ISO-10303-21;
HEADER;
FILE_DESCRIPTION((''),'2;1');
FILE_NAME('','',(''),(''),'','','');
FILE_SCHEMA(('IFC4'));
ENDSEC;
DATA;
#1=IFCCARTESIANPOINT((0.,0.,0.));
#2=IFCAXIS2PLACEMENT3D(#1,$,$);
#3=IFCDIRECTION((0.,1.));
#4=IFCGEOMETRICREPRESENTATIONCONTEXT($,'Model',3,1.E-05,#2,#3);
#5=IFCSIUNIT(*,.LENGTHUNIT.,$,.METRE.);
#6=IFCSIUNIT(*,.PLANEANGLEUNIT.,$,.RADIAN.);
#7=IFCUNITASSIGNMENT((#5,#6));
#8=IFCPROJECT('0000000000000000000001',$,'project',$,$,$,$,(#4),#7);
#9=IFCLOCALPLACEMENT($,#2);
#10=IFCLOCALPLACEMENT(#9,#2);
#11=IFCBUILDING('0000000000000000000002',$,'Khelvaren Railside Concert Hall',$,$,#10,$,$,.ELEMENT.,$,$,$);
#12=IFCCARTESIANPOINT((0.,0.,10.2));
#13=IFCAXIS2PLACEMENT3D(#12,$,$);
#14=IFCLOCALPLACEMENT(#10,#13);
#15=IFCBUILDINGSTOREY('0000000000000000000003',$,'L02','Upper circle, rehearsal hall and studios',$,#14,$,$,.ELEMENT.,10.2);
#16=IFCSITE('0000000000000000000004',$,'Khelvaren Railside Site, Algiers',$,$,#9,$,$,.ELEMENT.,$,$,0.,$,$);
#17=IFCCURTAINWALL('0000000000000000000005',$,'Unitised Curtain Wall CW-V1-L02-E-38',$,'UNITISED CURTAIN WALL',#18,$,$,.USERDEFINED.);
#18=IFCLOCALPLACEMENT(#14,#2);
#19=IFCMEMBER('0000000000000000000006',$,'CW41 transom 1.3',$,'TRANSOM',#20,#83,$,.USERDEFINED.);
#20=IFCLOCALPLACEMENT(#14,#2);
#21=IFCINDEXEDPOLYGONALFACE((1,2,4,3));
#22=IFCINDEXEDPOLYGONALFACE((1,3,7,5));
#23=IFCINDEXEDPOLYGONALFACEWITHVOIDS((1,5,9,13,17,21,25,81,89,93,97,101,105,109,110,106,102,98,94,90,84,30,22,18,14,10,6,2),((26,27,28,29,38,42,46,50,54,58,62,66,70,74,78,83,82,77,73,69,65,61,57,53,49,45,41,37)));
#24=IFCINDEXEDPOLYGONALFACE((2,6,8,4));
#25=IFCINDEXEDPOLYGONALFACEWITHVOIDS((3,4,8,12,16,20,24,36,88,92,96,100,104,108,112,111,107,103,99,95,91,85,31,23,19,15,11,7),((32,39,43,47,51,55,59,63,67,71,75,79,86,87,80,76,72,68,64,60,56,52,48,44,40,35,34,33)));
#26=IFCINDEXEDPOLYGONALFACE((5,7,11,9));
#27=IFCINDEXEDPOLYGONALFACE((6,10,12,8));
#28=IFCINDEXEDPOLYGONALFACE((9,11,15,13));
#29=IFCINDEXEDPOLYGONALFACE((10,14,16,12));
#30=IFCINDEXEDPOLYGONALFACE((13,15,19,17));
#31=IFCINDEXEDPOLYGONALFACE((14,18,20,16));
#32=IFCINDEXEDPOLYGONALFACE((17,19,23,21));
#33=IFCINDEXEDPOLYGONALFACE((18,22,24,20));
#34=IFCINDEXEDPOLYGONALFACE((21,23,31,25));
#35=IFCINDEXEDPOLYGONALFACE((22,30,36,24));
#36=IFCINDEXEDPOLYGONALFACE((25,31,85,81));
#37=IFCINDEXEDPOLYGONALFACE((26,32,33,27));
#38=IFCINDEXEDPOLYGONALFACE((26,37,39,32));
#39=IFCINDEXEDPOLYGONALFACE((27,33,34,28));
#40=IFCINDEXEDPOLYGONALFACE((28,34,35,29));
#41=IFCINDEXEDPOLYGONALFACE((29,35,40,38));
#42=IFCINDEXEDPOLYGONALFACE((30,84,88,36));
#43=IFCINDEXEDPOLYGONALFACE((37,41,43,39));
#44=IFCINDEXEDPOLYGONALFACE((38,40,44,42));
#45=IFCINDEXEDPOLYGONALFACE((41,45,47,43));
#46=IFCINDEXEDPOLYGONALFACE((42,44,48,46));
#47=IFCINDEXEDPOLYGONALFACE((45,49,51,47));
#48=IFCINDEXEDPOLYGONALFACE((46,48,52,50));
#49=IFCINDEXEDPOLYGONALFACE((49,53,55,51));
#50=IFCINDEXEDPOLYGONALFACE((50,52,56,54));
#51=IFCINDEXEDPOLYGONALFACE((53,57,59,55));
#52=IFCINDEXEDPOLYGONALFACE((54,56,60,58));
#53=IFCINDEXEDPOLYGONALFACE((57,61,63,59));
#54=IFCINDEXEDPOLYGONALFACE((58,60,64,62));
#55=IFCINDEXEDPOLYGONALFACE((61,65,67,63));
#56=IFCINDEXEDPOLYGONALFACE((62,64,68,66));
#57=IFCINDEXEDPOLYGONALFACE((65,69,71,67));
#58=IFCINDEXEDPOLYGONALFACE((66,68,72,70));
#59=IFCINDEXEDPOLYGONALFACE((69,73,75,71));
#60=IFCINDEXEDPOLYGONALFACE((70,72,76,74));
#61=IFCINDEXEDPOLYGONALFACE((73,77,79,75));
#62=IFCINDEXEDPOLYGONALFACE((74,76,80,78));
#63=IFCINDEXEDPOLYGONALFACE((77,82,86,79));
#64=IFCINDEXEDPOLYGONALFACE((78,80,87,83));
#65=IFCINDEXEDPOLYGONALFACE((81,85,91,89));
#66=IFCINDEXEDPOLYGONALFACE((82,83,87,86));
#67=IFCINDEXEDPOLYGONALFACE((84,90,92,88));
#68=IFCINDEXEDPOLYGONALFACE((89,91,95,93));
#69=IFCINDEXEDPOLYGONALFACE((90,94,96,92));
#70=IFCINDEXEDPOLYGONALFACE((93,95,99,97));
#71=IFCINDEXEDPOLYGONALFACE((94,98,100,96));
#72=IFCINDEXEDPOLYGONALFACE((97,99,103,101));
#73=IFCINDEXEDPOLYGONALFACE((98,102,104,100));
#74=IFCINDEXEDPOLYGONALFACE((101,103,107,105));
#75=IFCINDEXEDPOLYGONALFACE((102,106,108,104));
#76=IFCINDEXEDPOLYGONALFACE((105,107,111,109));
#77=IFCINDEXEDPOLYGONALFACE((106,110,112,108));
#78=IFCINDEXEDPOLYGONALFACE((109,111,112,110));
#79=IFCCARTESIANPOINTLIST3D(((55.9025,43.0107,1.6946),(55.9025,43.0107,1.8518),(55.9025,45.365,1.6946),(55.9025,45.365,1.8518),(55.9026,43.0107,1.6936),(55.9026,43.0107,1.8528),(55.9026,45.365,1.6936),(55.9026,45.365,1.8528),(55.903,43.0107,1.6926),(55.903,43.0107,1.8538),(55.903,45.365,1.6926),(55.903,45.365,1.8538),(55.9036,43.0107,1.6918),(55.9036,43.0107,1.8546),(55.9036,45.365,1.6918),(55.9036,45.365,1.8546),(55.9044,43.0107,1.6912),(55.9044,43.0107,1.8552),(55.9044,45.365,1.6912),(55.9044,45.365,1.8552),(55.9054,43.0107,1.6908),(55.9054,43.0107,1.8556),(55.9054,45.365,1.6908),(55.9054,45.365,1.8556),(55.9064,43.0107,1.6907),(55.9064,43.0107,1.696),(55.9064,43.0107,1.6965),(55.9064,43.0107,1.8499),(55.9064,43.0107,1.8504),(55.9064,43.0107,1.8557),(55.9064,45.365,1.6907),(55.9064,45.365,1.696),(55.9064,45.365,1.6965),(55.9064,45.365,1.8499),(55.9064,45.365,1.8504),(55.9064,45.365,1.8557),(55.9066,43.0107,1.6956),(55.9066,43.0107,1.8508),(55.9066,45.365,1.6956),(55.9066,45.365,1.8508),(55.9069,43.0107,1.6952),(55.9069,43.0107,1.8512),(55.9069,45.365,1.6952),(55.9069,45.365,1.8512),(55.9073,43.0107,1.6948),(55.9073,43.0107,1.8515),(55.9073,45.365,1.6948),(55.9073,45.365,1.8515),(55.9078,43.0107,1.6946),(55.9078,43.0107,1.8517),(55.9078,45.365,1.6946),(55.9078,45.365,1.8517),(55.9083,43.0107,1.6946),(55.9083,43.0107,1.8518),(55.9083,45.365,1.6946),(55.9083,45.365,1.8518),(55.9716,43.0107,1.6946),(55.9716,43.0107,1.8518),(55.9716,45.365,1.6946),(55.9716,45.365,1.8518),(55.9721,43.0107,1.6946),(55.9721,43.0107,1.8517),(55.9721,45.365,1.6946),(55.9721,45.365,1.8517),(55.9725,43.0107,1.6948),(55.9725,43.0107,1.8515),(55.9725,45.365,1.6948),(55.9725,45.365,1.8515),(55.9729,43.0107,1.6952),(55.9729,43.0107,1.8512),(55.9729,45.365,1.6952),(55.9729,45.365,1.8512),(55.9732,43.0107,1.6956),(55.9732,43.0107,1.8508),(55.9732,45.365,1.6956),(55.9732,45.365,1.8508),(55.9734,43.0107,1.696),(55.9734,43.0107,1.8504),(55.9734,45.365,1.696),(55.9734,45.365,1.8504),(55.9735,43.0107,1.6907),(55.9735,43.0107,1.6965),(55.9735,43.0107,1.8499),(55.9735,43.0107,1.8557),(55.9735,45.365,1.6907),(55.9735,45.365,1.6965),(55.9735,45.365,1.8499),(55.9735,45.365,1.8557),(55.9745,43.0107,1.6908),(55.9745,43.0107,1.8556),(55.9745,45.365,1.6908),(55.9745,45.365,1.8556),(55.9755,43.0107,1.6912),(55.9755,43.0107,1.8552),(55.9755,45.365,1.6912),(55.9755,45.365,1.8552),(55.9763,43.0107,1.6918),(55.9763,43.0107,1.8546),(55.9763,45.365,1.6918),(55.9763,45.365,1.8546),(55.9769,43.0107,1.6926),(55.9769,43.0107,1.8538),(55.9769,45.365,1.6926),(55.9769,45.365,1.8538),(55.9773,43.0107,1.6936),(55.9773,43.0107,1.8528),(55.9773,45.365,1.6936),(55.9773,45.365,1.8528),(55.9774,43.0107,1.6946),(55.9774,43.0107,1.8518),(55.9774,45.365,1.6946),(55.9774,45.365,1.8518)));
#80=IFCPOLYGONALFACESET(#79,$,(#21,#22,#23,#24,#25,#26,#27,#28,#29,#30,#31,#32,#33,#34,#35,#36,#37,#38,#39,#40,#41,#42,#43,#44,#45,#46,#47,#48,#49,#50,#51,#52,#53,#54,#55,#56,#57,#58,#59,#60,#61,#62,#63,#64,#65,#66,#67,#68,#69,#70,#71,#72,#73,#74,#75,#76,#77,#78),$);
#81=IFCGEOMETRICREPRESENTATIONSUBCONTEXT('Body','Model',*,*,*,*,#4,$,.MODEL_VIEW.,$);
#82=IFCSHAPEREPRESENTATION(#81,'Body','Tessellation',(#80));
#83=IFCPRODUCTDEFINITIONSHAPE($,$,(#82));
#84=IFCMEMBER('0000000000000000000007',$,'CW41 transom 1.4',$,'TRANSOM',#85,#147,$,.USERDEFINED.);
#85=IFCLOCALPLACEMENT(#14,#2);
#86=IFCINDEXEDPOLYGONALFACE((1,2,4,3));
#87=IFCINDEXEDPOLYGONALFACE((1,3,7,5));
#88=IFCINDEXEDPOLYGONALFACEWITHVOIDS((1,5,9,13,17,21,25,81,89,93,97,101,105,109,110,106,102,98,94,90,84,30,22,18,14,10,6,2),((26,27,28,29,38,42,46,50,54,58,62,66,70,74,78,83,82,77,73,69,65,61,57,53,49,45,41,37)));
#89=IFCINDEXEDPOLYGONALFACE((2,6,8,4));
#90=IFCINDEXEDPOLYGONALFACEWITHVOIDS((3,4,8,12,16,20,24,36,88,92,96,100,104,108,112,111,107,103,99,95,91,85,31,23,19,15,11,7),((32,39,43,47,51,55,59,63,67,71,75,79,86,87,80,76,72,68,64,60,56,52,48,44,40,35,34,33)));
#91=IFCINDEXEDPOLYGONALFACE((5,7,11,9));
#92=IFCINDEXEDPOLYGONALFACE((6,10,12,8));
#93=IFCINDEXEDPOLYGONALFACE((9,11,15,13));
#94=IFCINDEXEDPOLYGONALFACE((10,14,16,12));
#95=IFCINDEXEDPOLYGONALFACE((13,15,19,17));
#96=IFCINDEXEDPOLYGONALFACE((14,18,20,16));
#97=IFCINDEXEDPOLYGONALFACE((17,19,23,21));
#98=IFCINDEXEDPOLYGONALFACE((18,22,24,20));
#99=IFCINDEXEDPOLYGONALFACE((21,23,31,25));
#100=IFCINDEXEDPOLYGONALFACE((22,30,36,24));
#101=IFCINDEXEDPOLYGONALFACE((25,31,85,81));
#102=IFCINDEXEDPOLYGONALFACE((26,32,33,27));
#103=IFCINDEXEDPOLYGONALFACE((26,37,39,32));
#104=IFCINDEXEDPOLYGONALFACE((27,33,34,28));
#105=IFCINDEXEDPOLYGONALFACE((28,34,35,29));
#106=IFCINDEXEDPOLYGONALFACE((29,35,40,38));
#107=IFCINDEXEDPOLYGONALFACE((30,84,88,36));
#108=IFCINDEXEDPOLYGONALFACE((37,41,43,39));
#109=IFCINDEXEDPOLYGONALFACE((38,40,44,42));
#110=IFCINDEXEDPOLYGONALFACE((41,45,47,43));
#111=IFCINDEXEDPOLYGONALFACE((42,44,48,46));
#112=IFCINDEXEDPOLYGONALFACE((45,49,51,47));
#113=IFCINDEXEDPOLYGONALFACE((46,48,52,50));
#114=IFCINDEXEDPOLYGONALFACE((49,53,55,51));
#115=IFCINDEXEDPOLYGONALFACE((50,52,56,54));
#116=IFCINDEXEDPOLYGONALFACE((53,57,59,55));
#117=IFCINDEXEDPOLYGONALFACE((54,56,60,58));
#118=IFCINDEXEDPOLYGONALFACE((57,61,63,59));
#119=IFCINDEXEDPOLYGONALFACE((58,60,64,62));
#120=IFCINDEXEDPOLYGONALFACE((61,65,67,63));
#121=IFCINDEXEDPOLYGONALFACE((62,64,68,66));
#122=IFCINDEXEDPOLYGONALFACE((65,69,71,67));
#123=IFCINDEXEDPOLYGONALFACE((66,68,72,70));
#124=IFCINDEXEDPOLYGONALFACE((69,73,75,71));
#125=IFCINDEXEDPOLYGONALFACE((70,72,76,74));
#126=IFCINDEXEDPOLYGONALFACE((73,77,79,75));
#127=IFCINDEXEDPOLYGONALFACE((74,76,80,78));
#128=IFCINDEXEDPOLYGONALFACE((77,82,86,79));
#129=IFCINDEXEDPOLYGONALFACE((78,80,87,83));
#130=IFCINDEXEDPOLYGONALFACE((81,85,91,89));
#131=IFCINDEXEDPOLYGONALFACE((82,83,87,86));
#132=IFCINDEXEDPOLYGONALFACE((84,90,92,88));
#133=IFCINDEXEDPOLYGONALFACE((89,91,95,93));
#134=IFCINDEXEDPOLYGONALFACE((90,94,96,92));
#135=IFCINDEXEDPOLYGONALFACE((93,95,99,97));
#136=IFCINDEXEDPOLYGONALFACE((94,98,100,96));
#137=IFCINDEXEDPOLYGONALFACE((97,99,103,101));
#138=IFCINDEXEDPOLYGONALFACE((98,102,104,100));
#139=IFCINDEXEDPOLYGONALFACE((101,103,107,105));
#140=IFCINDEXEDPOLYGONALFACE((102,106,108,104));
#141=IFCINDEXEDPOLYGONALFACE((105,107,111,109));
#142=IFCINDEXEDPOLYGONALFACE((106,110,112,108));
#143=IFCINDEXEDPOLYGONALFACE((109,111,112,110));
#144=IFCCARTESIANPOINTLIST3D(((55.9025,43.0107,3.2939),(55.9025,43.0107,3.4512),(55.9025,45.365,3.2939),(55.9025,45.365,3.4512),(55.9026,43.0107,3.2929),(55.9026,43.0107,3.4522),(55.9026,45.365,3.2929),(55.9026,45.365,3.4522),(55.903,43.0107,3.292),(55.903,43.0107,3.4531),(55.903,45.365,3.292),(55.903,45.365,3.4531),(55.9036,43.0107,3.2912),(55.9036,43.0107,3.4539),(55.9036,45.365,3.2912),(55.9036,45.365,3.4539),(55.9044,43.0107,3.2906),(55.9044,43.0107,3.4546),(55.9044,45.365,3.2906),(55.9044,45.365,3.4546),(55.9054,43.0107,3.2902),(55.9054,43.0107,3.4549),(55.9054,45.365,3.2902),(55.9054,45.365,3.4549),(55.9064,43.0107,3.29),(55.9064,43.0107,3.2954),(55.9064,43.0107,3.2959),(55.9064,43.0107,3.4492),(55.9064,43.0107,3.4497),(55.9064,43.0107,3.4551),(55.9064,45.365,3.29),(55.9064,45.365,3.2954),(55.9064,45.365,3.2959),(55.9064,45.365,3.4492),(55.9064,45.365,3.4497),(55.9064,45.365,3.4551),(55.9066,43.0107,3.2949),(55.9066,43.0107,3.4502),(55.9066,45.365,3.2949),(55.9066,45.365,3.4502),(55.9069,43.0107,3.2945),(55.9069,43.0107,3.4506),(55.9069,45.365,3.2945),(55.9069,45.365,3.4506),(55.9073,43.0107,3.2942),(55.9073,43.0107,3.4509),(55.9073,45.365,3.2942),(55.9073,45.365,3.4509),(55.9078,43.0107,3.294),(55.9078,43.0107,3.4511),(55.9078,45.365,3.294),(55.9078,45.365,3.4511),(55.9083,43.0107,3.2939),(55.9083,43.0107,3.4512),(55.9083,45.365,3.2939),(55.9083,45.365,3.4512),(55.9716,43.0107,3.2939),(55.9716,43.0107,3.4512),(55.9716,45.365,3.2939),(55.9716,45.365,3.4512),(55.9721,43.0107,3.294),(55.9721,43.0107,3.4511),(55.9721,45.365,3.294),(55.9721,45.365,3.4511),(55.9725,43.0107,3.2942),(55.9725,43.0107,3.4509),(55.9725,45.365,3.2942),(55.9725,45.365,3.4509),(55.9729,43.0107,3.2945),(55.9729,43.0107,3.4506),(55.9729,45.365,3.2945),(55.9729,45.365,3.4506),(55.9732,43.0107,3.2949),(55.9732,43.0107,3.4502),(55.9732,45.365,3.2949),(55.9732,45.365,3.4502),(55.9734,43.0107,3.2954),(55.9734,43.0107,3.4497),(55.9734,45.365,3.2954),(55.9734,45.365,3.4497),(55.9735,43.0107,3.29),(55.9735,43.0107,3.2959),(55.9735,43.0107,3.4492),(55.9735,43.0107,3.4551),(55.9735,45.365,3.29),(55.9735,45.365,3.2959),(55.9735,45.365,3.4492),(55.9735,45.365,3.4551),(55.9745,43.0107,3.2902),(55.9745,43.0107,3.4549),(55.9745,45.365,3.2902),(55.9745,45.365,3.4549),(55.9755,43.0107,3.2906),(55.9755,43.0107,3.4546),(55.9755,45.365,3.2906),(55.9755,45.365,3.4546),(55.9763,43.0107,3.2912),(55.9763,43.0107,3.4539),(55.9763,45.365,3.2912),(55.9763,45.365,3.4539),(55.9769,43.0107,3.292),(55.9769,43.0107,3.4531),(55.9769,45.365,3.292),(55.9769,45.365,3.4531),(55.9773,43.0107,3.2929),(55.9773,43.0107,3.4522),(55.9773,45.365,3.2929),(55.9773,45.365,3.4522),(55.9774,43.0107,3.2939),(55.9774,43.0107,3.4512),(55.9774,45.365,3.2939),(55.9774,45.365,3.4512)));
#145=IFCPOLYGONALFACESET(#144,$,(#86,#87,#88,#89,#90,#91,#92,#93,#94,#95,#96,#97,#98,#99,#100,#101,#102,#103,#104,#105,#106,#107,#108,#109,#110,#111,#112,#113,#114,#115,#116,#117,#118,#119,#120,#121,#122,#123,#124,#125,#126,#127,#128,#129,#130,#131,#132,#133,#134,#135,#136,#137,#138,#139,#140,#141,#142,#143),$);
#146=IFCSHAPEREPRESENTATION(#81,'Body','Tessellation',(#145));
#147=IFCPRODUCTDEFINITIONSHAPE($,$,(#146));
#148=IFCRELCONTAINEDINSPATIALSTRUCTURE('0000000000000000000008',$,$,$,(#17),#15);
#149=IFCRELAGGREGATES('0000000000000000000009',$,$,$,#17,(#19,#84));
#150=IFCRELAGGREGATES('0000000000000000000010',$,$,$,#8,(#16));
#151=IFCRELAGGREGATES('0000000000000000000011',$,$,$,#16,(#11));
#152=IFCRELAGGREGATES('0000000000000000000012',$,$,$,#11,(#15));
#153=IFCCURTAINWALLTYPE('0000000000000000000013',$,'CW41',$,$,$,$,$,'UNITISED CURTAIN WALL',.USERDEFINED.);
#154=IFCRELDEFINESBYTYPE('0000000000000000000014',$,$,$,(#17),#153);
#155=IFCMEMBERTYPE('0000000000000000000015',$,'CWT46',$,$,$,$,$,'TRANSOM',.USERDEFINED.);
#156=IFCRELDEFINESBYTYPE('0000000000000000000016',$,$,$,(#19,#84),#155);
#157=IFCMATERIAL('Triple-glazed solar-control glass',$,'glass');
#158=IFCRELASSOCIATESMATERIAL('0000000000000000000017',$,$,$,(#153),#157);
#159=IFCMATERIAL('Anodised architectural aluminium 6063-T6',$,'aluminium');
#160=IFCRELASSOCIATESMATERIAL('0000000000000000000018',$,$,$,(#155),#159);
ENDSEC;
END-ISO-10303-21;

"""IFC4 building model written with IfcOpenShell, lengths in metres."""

from ifc_helpers import new_model, si_unit, direction, frame, origin, origin_2d, place, context, subcontext, project, spatial, hollow_rectangle, extrude, material, material_profile, profile_set, type_object, element, aggregate, save


model = new_model("IFC4")

# Units and contexts
model_context = context("Model", 3, precision=1e-05, world=origin(), true_north=direction((0.0, 1.0)))
body_context = subcontext(model_context, "Body", "Model", "MODEL_VIEW")
ifc_project = project(units=[si_unit("LENGTHUNIT", "METRE"), si_unit("PLANEANGLEUNIT", "RADIAN")], contexts=[model_context])

# Site, building, storey
site_placement = place(None, origin())
site = spatial("IfcSite", under=ifc_project, at=site_placement, Name="Khelvaren Railside Site, Algiers", CompositionType="ELEMENT", RefElevation=0.0)
building_placement = place(site_placement, origin())
building = spatial("IfcBuilding", under=site, at=building_placement, Name="Khelvaren Railside Concert Hall", CompositionType="ELEMENT")
storey_placement = place(building_placement, frame((0.0, 0.0, 10.2)))
storey = spatial("IfcBuildingStorey", under=building, at=storey_placement, Name="L02", Description="Upper circle, rehearsal hall and studios", CompositionType="ELEMENT", Elevation=10.2)

# Curtain wall, members
ifc_material_1 = material(Name="Triple-glazed solar-control glass", Category="glass")
curtain_wall_type = type_object("IfcCurtainWallType", Name="CW41", ElementType="UNITISED CURTAIN WALL", PredefinedType="USERDEFINED", material=ifc_material_1)
curtain_wall_placement = place(storey_placement, origin())
curtain_wall = element("IfcCurtainWall", 1, at=curtain_wall_placement, inside=storey, type_object=curtain_wall_type, Name="Unitised Curtain Wall CW-V1-L02-E-38", ObjectType="UNITISED CURTAIN WALL", PredefinedType="USERDEFINED")
ifc_material_2 = material(Name="Anodised architectural aluminium 6063-T6", Category="aluminium")
ifc_material_profile_1 = material_profile(ifc_material_2, hollow_rectangle(XDim=0.075, YDim=0.165, WallThickness=0.0039, InnerFilletRadius=0.002, OuterFilletRadius=0.0039, at=origin_2d()), Name="CWT 75x165x4")
ifc_profile_set_1 = profile_set([ifc_material_profile_1], Name="Anodised architectural aluminium 6063-T6")
member_type_1 = type_object("IfcMemberType", Name="CWT46", ElementType="TRANSOM", PredefinedType="USERDEFINED", material=ifc_profile_set_1)
member_1_placement = place(storey_placement, frame((55.9399, 45.365, 1.7732), z_axis=(0.0, -1.0, 0.0), x_axis=(1.0, 0.0, 0.0)))
member_1 = element("IfcMember", 2, at=member_1_placement, type_object=member_type_1, Name="CW41 transom 1.3", ObjectType="TRANSOM", PredefinedType="USERDEFINED", context=body_context, shape_type="SweptSolid", body=[
    extrude(hollow_rectangle(XDim=0.075, YDim=0.165, WallThickness=0.0039, InnerFilletRadius=0.002, OuterFilletRadius=0.0039, at=origin_2d()), origin(), (0.0, 0.0, 1.0), 2.3542),
])
member_2_placement = place(storey_placement, frame((55.9399, 45.365, 3.3726), z_axis=(0.0, -1.0, 0.0), x_axis=(1.0, 0.0, 0.0)))
member_2 = element("IfcMember", 3, at=member_2_placement, type_object=member_type_1, Name="CW41 transom 1.4", ObjectType="TRANSOM", PredefinedType="USERDEFINED", context=body_context, shape_type="SweptSolid", body=[
    extrude(hollow_rectangle(XDim=0.075, YDim=0.165, WallThickness=0.0039, InnerFilletRadius=0.002, OuterFilletRadius=0.0039, at=origin_2d()), origin(), (0.0, 0.0, 1.0), 2.3542),
])
aggregate(curtain_wall, [member_1, member_2])

save(model, "model.ifc")
